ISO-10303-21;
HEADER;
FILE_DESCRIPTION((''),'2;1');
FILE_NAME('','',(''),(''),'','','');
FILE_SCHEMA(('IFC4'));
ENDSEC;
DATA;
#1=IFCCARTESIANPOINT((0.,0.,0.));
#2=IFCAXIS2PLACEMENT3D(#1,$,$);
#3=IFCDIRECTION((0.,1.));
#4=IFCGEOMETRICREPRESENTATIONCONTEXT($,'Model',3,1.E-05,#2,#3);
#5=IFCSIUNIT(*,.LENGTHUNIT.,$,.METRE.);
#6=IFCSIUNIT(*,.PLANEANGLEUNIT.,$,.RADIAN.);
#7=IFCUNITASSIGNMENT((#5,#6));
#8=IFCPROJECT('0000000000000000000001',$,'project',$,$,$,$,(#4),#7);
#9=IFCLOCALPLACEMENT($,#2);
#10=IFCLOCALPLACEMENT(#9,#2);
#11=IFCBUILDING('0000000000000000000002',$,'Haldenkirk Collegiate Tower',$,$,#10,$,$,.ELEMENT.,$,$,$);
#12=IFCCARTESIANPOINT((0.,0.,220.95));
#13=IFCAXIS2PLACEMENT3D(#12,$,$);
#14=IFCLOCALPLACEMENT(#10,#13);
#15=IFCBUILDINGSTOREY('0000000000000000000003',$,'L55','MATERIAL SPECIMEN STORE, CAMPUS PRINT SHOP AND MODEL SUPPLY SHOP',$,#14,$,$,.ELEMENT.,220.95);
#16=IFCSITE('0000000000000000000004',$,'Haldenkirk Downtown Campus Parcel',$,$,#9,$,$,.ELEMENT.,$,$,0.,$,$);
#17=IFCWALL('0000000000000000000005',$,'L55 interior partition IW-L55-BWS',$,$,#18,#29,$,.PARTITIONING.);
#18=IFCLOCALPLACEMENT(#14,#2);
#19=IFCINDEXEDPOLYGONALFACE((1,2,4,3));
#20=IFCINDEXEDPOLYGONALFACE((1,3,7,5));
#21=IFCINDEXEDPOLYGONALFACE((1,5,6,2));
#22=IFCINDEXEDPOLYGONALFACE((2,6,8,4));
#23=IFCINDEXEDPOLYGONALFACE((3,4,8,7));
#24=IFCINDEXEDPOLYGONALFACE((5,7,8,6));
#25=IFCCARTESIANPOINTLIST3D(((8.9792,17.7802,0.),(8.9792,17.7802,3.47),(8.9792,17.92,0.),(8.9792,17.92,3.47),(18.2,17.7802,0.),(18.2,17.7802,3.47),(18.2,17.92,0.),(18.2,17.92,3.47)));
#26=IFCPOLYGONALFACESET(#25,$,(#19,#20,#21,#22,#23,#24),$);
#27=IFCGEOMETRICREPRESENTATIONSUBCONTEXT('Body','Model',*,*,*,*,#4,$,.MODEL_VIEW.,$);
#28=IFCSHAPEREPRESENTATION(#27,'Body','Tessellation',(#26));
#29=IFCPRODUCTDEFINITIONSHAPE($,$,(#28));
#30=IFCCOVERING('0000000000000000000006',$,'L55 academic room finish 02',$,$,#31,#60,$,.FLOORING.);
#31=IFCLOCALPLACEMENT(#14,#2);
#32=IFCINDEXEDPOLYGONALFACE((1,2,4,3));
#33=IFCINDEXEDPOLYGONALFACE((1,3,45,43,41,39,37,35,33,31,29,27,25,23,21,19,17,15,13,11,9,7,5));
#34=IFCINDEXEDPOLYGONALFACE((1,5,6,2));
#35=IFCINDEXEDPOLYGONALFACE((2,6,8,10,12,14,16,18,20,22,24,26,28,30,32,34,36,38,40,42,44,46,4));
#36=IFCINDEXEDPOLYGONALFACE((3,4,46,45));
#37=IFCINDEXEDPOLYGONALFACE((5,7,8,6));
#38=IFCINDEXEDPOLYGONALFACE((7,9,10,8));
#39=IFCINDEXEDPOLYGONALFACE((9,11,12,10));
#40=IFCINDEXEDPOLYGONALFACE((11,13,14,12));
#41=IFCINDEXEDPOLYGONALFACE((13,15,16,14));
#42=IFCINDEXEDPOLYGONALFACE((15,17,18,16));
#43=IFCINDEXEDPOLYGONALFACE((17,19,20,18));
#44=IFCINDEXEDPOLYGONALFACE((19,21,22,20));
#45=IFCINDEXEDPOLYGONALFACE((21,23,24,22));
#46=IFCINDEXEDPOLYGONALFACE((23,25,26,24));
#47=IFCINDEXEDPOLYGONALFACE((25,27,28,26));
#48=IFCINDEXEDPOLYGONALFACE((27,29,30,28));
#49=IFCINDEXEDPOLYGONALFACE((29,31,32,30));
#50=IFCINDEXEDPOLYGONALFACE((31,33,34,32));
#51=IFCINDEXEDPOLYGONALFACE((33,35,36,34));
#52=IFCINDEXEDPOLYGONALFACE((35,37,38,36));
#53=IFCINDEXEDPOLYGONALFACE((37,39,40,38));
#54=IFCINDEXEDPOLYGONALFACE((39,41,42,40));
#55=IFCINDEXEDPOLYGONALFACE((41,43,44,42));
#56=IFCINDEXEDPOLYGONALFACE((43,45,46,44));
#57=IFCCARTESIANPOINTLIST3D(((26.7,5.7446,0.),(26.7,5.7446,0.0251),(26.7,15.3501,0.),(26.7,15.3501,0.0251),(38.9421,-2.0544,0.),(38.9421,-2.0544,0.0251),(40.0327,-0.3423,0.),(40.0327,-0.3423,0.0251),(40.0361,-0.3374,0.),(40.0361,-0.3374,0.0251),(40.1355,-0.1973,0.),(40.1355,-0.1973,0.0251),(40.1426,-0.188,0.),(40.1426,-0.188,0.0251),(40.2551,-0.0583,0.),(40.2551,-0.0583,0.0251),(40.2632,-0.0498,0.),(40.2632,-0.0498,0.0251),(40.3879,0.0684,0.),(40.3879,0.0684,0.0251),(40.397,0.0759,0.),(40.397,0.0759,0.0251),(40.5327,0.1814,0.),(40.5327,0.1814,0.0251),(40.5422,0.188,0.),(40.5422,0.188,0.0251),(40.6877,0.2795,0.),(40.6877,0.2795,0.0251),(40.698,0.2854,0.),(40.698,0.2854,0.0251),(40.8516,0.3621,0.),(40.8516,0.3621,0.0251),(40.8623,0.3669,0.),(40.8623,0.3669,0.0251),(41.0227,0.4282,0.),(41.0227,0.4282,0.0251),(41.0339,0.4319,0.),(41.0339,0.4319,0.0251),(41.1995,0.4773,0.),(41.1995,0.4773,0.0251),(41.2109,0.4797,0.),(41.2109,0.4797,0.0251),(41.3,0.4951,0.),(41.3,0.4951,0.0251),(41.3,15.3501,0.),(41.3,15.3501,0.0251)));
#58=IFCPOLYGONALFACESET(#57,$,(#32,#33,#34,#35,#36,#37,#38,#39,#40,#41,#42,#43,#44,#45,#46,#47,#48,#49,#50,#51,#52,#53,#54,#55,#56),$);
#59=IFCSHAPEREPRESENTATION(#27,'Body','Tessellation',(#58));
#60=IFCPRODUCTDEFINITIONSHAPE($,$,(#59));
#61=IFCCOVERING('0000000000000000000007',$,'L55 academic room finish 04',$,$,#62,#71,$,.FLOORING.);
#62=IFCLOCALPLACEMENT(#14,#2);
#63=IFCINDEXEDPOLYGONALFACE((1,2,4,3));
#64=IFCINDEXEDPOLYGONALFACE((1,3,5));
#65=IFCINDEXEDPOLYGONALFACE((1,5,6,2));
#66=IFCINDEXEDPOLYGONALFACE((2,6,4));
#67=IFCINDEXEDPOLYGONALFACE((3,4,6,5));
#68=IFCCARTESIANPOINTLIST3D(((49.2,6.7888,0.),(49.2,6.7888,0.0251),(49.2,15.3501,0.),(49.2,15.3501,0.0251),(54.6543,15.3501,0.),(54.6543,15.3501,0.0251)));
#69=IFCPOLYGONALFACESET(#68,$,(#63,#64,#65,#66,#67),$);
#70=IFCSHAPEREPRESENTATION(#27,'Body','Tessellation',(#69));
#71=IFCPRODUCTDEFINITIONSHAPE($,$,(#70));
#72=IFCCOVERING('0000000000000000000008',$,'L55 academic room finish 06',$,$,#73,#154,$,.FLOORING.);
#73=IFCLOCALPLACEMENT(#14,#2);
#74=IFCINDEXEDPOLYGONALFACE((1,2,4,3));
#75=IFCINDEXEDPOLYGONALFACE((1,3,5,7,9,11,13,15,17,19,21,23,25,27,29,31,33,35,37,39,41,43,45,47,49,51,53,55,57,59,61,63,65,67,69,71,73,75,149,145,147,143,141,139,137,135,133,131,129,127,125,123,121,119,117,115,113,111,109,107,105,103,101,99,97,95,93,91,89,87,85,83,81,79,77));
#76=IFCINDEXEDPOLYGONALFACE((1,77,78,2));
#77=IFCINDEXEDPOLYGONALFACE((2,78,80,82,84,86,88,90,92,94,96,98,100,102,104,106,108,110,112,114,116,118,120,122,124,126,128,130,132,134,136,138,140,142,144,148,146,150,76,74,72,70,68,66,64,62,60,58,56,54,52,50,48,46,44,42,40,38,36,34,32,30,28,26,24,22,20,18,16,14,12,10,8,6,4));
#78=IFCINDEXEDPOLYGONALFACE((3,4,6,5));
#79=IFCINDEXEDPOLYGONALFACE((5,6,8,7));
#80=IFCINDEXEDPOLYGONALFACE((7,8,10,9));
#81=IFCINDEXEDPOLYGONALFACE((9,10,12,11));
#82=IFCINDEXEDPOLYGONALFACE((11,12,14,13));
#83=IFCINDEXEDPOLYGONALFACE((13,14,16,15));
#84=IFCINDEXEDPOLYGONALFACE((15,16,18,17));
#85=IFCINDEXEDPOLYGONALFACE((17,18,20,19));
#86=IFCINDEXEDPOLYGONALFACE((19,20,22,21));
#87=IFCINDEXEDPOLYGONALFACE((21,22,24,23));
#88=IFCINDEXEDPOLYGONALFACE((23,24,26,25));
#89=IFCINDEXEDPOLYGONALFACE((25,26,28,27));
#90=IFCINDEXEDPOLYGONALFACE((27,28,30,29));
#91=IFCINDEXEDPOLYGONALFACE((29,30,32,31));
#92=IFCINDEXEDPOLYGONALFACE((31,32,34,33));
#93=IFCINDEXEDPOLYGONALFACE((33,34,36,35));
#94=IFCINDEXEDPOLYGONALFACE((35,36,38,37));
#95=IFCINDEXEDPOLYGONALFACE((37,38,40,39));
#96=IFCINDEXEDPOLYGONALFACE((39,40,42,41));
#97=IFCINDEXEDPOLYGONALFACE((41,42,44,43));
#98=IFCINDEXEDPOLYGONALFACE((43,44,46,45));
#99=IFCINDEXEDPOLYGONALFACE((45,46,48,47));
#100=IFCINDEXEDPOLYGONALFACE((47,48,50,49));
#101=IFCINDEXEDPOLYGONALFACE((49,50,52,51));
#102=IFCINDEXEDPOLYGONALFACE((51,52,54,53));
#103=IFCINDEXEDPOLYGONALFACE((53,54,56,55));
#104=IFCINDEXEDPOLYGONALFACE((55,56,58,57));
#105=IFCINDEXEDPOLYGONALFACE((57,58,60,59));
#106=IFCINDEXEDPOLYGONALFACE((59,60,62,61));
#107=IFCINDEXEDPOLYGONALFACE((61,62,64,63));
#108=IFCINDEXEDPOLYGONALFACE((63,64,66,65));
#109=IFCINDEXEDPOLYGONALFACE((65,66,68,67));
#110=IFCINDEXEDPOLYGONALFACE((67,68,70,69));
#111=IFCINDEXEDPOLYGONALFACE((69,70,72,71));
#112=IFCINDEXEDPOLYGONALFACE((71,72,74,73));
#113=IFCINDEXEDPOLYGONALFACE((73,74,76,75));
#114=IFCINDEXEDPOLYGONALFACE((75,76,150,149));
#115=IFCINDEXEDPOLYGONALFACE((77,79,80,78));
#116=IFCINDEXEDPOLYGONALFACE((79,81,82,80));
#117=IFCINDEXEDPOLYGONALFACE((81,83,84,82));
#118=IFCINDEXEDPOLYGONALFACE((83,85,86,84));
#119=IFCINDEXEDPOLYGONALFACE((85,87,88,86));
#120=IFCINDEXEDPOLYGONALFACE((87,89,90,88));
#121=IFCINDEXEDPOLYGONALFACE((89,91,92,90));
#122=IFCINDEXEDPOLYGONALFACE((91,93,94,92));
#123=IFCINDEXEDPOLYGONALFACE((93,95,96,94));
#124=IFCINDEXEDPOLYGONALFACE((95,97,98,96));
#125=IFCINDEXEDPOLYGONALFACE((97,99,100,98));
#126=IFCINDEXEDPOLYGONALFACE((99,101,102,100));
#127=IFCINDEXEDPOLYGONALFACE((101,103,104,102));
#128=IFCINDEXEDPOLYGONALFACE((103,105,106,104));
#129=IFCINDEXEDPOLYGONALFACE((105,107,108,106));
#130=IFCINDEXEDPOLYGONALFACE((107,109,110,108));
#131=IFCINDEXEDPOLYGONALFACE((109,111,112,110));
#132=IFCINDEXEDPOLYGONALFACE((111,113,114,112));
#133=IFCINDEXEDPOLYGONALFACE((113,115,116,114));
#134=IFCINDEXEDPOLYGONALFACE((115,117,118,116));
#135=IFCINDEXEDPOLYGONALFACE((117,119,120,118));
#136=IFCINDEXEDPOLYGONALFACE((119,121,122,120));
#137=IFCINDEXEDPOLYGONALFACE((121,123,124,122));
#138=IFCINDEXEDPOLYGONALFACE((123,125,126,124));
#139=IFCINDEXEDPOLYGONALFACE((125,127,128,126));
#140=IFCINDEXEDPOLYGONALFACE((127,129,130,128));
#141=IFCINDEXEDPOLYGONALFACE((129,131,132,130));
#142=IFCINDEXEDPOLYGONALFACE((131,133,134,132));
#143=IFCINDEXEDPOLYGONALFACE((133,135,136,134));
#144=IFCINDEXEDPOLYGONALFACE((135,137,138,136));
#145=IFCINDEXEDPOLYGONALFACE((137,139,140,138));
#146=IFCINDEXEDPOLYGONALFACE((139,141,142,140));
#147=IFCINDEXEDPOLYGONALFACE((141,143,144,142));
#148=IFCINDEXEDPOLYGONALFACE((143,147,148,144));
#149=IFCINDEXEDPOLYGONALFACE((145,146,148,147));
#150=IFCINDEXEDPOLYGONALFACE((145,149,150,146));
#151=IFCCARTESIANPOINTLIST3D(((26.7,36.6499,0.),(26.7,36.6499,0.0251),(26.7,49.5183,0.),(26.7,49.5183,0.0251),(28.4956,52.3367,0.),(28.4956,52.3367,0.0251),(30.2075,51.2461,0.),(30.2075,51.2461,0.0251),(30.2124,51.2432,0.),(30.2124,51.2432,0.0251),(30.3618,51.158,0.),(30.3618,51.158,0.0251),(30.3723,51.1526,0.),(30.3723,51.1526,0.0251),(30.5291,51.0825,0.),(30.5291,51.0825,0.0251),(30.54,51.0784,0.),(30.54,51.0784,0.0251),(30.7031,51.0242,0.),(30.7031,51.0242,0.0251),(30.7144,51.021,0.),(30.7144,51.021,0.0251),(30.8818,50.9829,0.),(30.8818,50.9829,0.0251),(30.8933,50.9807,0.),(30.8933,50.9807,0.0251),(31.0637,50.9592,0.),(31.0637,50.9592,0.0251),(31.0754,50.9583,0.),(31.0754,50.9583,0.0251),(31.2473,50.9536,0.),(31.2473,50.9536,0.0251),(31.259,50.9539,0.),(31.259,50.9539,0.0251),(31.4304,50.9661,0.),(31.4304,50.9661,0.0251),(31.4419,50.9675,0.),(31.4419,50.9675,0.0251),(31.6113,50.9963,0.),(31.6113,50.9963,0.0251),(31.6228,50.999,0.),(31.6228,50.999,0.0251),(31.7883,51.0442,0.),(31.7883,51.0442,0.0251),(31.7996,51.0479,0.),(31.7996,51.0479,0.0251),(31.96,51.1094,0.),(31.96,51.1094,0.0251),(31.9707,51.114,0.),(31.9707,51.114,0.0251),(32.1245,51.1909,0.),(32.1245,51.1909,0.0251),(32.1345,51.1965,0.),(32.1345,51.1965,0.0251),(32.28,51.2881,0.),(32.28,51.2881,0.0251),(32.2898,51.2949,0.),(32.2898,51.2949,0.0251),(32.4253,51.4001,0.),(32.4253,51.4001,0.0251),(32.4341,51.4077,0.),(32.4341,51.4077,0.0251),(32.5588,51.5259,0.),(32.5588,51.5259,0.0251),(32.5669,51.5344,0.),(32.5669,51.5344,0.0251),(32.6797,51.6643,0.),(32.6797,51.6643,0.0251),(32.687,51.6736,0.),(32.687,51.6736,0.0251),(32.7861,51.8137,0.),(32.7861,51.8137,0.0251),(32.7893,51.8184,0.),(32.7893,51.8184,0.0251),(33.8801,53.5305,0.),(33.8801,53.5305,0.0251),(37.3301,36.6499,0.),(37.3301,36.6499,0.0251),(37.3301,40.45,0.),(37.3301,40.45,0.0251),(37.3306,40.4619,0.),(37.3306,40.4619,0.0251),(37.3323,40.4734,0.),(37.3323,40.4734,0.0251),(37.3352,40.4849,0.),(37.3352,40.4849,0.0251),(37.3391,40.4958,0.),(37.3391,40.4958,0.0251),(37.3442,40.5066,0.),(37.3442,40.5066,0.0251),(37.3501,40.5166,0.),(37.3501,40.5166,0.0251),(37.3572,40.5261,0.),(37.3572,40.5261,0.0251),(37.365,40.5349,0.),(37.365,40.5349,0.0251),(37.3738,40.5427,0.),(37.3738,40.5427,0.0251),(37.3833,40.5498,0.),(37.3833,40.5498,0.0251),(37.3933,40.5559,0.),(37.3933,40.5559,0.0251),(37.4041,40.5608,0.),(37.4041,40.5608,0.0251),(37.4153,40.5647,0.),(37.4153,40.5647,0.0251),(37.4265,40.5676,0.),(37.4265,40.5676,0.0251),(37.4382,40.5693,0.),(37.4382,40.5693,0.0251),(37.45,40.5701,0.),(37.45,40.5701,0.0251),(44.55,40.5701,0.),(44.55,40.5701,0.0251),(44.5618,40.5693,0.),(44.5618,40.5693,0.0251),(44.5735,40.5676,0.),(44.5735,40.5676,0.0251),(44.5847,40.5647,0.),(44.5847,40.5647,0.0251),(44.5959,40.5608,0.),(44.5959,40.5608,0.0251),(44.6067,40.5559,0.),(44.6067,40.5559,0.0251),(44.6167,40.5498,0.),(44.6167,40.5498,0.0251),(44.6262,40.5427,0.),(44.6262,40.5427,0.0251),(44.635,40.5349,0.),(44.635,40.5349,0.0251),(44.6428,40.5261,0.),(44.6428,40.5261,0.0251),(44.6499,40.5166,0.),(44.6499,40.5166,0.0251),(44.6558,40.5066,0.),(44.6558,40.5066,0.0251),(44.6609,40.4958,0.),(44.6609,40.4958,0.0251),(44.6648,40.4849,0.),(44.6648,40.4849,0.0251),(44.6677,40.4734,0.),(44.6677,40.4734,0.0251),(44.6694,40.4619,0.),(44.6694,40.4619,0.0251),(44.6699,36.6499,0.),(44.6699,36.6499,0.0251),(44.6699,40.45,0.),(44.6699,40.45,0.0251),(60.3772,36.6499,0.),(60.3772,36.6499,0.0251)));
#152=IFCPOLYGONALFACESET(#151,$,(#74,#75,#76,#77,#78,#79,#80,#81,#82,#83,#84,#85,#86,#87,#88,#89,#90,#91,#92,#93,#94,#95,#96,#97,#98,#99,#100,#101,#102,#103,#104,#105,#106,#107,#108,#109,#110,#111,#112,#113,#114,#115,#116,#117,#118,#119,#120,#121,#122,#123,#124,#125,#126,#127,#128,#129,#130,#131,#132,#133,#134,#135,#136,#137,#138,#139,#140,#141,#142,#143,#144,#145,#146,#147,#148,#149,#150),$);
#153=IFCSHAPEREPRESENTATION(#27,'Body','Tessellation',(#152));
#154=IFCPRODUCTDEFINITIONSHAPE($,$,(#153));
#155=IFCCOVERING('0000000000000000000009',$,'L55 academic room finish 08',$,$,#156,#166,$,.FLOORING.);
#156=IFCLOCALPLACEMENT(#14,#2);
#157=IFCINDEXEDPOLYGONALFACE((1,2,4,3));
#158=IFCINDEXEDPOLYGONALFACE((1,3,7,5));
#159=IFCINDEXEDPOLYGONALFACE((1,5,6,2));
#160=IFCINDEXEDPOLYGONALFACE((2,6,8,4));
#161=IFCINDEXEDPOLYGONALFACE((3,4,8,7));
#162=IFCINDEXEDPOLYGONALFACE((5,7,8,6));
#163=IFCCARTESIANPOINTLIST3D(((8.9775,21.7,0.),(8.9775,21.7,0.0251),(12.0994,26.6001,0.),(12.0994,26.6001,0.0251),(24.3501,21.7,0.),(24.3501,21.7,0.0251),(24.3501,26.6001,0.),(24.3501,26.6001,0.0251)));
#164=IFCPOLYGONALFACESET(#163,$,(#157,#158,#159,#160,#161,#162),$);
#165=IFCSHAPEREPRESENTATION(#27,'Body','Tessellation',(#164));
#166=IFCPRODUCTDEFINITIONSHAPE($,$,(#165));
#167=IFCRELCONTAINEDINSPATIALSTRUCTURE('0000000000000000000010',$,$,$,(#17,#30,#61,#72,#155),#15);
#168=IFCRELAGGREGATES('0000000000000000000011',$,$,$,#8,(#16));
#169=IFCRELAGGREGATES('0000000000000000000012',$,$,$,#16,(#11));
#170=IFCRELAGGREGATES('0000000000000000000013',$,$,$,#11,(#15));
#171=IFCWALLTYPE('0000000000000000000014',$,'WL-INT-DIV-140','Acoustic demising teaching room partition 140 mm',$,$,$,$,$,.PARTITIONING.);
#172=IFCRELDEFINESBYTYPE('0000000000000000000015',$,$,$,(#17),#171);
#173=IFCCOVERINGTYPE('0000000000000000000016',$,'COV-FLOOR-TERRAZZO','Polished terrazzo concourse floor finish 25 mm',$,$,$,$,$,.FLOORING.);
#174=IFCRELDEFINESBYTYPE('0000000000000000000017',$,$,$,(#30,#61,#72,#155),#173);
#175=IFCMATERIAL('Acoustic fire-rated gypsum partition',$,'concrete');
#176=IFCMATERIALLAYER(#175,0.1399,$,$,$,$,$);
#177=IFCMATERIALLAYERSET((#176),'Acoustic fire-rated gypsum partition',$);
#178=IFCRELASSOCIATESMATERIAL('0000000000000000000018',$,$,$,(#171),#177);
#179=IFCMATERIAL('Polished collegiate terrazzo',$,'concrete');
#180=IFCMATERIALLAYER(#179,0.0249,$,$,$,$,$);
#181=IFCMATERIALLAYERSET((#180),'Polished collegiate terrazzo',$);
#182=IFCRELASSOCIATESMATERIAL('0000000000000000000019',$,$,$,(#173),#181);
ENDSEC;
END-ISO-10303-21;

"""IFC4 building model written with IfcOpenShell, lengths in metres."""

from ifc_helpers import new_model, si_unit, direction, frame, frame_2d, origin, place, context, subcontext, project, spatial, polyline, rectangle, outline, extrude, material, layer, layer_set, type_object, element, save


model = new_model("IFC4")

# Units and contexts
model_context = context("Model", 3, precision=1e-05, world=origin(), true_north=direction((0.0, 1.0)))
body_context = subcontext(model_context, "Body", "Model", "MODEL_VIEW")
ifc_project = project(units=[si_unit("LENGTHUNIT", "METRE"), si_unit("PLANEANGLEUNIT", "RADIAN")], contexts=[model_context])

# Site, building, storey
site_placement = place(None, origin())
site = spatial("IfcSite", under=ifc_project, at=site_placement, Name="Haldenkirk Downtown Campus Parcel", CompositionType="ELEMENT", RefElevation=0.0)
building_placement = place(site_placement, origin())
building = spatial("IfcBuilding", under=site, at=building_placement, Name="Haldenkirk Collegiate Tower", CompositionType="ELEMENT")
storey_placement = place(building_placement, frame((0.0, 0.0, 220.95)))
storey = spatial("IfcBuildingStorey", under=building, at=storey_placement, Name="L55", Description="MATERIAL SPECIMEN STORE, CAMPUS PRINT SHOP AND MODEL SUPPLY SHOP", CompositionType="ELEMENT", Elevation=220.95)

# Wall
ifc_material_1 = material(Name="Acoustic fire-rated gypsum partition", Category="concrete")
ifc_layer_1 = layer(ifc_material_1, 0.1399)
ifc_layer_set_1 = layer_set([ifc_layer_1], Name="Acoustic fire-rated gypsum partition")
wall_type_1 = type_object("IfcWallType", Name="WL-INT-DIV-140", Description="Acoustic demising teaching room partition 140 mm", PredefinedType="PARTITIONING", material=ifc_layer_set_1)
wall_1_placement = place(storey_placement, frame((8.9792, 17.8501, 0.0), z_axis=(0.0, 0.0, 1.0), x_axis=(1.0, 0.0, 0.0)))
element("IfcWall", 1, at=wall_1_placement, inside=storey, type_object=wall_type_1, Name="L55 interior partition IW-L55-BWS", PredefinedType="PARTITIONING", context=body_context, shape_type="SweptSolid", body=[
    extrude(rectangle(XDim=9.2207, YDim=0.1399, at=frame_2d((4.6104, 0.0))), origin(), (0.0, 0.0, 1.0), 3.47),
])

# Coverings
ifc_material_2 = material(Name="Polished collegiate terrazzo", Category="concrete")
ifc_layer_2 = layer(ifc_material_2, 0.0249)
ifc_layer_set_2 = layer_set([ifc_layer_2], Name="Polished collegiate terrazzo")
covering_type_1 = type_object("IfcCoveringType", Name="COV-FLOOR-TERRAZZO", Description="Polished terrazzo concourse floor finish 25 mm", PredefinedType="FLOORING", material=ifc_layer_set_2)
covering_1_placement = place(storey_placement, origin())
element("IfcCovering", 2, at=covering_1_placement, inside=storey, type_object=covering_type_1, Name="L55 academic room finish 02", PredefinedType="FLOORING", context=body_context, shape_type="SweptSolid", body=[
    extrude(outline(polyline([(41.3, 0.4951), (41.2109, 0.4797), (41.1995, 0.4773), (41.0339, 0.4319), (41.0227, 0.4282), (40.8623, 0.3669), (40.8516, 0.3621), (40.698, 0.2854), (40.6877, 0.2795), (40.5422, 0.188), (40.5327, 0.1814), (40.397, 0.0759), (40.3879, 0.0684), (40.2632, -0.0498), (40.2551, -0.0583), (40.1426, -0.188), (40.1355, -0.1973), (40.0361, -0.3374), (40.0327, -0.3423), (38.9421, -2.0544), (26.7, 5.7446), (26.7, 15.3501), (41.3, 15.3501), (41.3, 0.4951)])), origin(), (0.0, 0.0, 1.0), 0.0251),
])
covering_2_placement = place(storey_placement, origin())
element("IfcCovering", 3, at=covering_2_placement, inside=storey, type_object=covering_type_1, Name="L55 academic room finish 04", PredefinedType="FLOORING", context=body_context, shape_type="SweptSolid", body=[
    extrude(outline(polyline([(49.2, 6.7888), (49.2, 15.3501), (54.6543, 15.3501), (49.2, 6.7888)])), origin(), (0.0, 0.0, 1.0), 0.0251),
])
covering_3_placement = place(storey_placement, origin())
element("IfcCovering", 4, at=covering_3_placement, inside=storey, type_object=covering_type_1, Name="L55 academic room finish 06", PredefinedType="FLOORING", context=body_context, shape_type="SweptSolid", body=[
    extrude(outline(polyline([(44.6699, 40.45), (44.6694, 40.4619), (44.6677, 40.4734), (44.6648, 40.4849), (44.6609, 40.4958), (44.6558, 40.5066), (44.6499, 40.5166), (44.6428, 40.5261), (44.635, 40.5349), (44.6262, 40.5427), (44.6167, 40.5498), (44.6067, 40.5559), (44.5959, 40.5608), (44.5847, 40.5647), (44.5735, 40.5676), (44.5618, 40.5693), (44.55, 40.5701), (37.45, 40.5701), (37.4382, 40.5693), (37.4265, 40.5676), (37.4153, 40.5647), (37.4041, 40.5608), (37.3933, 40.5559), (37.3833, 40.5498), (37.3738, 40.5427), (37.365, 40.5349), (37.3572, 40.5261), (37.3501, 40.5166), (37.3442, 40.5066), (37.3391, 40.4958), (37.3352, 40.4849), (37.3323, 40.4734), (37.3306, 40.4619), (37.3301, 40.45), (37.3301, 36.6499), (26.7, 36.6499), (26.7, 49.5183), (28.4956, 52.3367), (30.2075, 51.2461), (30.2124, 51.2432), (30.3618, 51.158), (30.3723, 51.1526), (30.5291, 51.0825), (30.54, 51.0784), (30.7031, 51.0242), (30.7144, 51.021), (30.8818, 50.9829), (30.8933, 50.9807), (31.0637, 50.9592), (31.0754, 50.9583), (31.2473, 50.9536), (31.259, 50.9539), (31.4304, 50.9661), (31.4419, 50.9675), (31.6113, 50.9963), (31.6228, 50.999), (31.7883, 51.0442), (31.7996, 51.0479), (31.96, 51.1094), (31.9707, 51.114), (32.1245, 51.1909), (32.1345, 51.1965), (32.28, 51.2881), (32.2898, 51.2949), (32.4253, 51.4001), (32.4341, 51.4077), (32.5588, 51.5259), (32.5669, 51.5344), (32.6797, 51.6643), (32.687, 51.6736), (32.7861, 51.8137), (32.7893, 51.8184), (33.8801, 53.5305), (60.3772, 36.6499), (44.6699, 36.6499), (44.6699, 40.45)])), origin(), (0.0, 0.0, 1.0), 0.0251),
])
covering_4_placement = place(storey_placement, origin())
element("IfcCovering", 5, at=covering_4_placement, inside=storey, type_object=covering_type_1, Name="L55 academic room finish 08", PredefinedType="FLOORING", context=body_context, shape_type="SweptSolid", body=[
    extrude(outline(polyline([(8.9775, 21.7), (12.0994, 26.6001), (24.3501, 26.6001), (24.3501, 21.7), (8.9775, 21.7)])), origin(), (0.0, 0.0, 1.0), 0.0251),
])

save(model, "model.ifc")
